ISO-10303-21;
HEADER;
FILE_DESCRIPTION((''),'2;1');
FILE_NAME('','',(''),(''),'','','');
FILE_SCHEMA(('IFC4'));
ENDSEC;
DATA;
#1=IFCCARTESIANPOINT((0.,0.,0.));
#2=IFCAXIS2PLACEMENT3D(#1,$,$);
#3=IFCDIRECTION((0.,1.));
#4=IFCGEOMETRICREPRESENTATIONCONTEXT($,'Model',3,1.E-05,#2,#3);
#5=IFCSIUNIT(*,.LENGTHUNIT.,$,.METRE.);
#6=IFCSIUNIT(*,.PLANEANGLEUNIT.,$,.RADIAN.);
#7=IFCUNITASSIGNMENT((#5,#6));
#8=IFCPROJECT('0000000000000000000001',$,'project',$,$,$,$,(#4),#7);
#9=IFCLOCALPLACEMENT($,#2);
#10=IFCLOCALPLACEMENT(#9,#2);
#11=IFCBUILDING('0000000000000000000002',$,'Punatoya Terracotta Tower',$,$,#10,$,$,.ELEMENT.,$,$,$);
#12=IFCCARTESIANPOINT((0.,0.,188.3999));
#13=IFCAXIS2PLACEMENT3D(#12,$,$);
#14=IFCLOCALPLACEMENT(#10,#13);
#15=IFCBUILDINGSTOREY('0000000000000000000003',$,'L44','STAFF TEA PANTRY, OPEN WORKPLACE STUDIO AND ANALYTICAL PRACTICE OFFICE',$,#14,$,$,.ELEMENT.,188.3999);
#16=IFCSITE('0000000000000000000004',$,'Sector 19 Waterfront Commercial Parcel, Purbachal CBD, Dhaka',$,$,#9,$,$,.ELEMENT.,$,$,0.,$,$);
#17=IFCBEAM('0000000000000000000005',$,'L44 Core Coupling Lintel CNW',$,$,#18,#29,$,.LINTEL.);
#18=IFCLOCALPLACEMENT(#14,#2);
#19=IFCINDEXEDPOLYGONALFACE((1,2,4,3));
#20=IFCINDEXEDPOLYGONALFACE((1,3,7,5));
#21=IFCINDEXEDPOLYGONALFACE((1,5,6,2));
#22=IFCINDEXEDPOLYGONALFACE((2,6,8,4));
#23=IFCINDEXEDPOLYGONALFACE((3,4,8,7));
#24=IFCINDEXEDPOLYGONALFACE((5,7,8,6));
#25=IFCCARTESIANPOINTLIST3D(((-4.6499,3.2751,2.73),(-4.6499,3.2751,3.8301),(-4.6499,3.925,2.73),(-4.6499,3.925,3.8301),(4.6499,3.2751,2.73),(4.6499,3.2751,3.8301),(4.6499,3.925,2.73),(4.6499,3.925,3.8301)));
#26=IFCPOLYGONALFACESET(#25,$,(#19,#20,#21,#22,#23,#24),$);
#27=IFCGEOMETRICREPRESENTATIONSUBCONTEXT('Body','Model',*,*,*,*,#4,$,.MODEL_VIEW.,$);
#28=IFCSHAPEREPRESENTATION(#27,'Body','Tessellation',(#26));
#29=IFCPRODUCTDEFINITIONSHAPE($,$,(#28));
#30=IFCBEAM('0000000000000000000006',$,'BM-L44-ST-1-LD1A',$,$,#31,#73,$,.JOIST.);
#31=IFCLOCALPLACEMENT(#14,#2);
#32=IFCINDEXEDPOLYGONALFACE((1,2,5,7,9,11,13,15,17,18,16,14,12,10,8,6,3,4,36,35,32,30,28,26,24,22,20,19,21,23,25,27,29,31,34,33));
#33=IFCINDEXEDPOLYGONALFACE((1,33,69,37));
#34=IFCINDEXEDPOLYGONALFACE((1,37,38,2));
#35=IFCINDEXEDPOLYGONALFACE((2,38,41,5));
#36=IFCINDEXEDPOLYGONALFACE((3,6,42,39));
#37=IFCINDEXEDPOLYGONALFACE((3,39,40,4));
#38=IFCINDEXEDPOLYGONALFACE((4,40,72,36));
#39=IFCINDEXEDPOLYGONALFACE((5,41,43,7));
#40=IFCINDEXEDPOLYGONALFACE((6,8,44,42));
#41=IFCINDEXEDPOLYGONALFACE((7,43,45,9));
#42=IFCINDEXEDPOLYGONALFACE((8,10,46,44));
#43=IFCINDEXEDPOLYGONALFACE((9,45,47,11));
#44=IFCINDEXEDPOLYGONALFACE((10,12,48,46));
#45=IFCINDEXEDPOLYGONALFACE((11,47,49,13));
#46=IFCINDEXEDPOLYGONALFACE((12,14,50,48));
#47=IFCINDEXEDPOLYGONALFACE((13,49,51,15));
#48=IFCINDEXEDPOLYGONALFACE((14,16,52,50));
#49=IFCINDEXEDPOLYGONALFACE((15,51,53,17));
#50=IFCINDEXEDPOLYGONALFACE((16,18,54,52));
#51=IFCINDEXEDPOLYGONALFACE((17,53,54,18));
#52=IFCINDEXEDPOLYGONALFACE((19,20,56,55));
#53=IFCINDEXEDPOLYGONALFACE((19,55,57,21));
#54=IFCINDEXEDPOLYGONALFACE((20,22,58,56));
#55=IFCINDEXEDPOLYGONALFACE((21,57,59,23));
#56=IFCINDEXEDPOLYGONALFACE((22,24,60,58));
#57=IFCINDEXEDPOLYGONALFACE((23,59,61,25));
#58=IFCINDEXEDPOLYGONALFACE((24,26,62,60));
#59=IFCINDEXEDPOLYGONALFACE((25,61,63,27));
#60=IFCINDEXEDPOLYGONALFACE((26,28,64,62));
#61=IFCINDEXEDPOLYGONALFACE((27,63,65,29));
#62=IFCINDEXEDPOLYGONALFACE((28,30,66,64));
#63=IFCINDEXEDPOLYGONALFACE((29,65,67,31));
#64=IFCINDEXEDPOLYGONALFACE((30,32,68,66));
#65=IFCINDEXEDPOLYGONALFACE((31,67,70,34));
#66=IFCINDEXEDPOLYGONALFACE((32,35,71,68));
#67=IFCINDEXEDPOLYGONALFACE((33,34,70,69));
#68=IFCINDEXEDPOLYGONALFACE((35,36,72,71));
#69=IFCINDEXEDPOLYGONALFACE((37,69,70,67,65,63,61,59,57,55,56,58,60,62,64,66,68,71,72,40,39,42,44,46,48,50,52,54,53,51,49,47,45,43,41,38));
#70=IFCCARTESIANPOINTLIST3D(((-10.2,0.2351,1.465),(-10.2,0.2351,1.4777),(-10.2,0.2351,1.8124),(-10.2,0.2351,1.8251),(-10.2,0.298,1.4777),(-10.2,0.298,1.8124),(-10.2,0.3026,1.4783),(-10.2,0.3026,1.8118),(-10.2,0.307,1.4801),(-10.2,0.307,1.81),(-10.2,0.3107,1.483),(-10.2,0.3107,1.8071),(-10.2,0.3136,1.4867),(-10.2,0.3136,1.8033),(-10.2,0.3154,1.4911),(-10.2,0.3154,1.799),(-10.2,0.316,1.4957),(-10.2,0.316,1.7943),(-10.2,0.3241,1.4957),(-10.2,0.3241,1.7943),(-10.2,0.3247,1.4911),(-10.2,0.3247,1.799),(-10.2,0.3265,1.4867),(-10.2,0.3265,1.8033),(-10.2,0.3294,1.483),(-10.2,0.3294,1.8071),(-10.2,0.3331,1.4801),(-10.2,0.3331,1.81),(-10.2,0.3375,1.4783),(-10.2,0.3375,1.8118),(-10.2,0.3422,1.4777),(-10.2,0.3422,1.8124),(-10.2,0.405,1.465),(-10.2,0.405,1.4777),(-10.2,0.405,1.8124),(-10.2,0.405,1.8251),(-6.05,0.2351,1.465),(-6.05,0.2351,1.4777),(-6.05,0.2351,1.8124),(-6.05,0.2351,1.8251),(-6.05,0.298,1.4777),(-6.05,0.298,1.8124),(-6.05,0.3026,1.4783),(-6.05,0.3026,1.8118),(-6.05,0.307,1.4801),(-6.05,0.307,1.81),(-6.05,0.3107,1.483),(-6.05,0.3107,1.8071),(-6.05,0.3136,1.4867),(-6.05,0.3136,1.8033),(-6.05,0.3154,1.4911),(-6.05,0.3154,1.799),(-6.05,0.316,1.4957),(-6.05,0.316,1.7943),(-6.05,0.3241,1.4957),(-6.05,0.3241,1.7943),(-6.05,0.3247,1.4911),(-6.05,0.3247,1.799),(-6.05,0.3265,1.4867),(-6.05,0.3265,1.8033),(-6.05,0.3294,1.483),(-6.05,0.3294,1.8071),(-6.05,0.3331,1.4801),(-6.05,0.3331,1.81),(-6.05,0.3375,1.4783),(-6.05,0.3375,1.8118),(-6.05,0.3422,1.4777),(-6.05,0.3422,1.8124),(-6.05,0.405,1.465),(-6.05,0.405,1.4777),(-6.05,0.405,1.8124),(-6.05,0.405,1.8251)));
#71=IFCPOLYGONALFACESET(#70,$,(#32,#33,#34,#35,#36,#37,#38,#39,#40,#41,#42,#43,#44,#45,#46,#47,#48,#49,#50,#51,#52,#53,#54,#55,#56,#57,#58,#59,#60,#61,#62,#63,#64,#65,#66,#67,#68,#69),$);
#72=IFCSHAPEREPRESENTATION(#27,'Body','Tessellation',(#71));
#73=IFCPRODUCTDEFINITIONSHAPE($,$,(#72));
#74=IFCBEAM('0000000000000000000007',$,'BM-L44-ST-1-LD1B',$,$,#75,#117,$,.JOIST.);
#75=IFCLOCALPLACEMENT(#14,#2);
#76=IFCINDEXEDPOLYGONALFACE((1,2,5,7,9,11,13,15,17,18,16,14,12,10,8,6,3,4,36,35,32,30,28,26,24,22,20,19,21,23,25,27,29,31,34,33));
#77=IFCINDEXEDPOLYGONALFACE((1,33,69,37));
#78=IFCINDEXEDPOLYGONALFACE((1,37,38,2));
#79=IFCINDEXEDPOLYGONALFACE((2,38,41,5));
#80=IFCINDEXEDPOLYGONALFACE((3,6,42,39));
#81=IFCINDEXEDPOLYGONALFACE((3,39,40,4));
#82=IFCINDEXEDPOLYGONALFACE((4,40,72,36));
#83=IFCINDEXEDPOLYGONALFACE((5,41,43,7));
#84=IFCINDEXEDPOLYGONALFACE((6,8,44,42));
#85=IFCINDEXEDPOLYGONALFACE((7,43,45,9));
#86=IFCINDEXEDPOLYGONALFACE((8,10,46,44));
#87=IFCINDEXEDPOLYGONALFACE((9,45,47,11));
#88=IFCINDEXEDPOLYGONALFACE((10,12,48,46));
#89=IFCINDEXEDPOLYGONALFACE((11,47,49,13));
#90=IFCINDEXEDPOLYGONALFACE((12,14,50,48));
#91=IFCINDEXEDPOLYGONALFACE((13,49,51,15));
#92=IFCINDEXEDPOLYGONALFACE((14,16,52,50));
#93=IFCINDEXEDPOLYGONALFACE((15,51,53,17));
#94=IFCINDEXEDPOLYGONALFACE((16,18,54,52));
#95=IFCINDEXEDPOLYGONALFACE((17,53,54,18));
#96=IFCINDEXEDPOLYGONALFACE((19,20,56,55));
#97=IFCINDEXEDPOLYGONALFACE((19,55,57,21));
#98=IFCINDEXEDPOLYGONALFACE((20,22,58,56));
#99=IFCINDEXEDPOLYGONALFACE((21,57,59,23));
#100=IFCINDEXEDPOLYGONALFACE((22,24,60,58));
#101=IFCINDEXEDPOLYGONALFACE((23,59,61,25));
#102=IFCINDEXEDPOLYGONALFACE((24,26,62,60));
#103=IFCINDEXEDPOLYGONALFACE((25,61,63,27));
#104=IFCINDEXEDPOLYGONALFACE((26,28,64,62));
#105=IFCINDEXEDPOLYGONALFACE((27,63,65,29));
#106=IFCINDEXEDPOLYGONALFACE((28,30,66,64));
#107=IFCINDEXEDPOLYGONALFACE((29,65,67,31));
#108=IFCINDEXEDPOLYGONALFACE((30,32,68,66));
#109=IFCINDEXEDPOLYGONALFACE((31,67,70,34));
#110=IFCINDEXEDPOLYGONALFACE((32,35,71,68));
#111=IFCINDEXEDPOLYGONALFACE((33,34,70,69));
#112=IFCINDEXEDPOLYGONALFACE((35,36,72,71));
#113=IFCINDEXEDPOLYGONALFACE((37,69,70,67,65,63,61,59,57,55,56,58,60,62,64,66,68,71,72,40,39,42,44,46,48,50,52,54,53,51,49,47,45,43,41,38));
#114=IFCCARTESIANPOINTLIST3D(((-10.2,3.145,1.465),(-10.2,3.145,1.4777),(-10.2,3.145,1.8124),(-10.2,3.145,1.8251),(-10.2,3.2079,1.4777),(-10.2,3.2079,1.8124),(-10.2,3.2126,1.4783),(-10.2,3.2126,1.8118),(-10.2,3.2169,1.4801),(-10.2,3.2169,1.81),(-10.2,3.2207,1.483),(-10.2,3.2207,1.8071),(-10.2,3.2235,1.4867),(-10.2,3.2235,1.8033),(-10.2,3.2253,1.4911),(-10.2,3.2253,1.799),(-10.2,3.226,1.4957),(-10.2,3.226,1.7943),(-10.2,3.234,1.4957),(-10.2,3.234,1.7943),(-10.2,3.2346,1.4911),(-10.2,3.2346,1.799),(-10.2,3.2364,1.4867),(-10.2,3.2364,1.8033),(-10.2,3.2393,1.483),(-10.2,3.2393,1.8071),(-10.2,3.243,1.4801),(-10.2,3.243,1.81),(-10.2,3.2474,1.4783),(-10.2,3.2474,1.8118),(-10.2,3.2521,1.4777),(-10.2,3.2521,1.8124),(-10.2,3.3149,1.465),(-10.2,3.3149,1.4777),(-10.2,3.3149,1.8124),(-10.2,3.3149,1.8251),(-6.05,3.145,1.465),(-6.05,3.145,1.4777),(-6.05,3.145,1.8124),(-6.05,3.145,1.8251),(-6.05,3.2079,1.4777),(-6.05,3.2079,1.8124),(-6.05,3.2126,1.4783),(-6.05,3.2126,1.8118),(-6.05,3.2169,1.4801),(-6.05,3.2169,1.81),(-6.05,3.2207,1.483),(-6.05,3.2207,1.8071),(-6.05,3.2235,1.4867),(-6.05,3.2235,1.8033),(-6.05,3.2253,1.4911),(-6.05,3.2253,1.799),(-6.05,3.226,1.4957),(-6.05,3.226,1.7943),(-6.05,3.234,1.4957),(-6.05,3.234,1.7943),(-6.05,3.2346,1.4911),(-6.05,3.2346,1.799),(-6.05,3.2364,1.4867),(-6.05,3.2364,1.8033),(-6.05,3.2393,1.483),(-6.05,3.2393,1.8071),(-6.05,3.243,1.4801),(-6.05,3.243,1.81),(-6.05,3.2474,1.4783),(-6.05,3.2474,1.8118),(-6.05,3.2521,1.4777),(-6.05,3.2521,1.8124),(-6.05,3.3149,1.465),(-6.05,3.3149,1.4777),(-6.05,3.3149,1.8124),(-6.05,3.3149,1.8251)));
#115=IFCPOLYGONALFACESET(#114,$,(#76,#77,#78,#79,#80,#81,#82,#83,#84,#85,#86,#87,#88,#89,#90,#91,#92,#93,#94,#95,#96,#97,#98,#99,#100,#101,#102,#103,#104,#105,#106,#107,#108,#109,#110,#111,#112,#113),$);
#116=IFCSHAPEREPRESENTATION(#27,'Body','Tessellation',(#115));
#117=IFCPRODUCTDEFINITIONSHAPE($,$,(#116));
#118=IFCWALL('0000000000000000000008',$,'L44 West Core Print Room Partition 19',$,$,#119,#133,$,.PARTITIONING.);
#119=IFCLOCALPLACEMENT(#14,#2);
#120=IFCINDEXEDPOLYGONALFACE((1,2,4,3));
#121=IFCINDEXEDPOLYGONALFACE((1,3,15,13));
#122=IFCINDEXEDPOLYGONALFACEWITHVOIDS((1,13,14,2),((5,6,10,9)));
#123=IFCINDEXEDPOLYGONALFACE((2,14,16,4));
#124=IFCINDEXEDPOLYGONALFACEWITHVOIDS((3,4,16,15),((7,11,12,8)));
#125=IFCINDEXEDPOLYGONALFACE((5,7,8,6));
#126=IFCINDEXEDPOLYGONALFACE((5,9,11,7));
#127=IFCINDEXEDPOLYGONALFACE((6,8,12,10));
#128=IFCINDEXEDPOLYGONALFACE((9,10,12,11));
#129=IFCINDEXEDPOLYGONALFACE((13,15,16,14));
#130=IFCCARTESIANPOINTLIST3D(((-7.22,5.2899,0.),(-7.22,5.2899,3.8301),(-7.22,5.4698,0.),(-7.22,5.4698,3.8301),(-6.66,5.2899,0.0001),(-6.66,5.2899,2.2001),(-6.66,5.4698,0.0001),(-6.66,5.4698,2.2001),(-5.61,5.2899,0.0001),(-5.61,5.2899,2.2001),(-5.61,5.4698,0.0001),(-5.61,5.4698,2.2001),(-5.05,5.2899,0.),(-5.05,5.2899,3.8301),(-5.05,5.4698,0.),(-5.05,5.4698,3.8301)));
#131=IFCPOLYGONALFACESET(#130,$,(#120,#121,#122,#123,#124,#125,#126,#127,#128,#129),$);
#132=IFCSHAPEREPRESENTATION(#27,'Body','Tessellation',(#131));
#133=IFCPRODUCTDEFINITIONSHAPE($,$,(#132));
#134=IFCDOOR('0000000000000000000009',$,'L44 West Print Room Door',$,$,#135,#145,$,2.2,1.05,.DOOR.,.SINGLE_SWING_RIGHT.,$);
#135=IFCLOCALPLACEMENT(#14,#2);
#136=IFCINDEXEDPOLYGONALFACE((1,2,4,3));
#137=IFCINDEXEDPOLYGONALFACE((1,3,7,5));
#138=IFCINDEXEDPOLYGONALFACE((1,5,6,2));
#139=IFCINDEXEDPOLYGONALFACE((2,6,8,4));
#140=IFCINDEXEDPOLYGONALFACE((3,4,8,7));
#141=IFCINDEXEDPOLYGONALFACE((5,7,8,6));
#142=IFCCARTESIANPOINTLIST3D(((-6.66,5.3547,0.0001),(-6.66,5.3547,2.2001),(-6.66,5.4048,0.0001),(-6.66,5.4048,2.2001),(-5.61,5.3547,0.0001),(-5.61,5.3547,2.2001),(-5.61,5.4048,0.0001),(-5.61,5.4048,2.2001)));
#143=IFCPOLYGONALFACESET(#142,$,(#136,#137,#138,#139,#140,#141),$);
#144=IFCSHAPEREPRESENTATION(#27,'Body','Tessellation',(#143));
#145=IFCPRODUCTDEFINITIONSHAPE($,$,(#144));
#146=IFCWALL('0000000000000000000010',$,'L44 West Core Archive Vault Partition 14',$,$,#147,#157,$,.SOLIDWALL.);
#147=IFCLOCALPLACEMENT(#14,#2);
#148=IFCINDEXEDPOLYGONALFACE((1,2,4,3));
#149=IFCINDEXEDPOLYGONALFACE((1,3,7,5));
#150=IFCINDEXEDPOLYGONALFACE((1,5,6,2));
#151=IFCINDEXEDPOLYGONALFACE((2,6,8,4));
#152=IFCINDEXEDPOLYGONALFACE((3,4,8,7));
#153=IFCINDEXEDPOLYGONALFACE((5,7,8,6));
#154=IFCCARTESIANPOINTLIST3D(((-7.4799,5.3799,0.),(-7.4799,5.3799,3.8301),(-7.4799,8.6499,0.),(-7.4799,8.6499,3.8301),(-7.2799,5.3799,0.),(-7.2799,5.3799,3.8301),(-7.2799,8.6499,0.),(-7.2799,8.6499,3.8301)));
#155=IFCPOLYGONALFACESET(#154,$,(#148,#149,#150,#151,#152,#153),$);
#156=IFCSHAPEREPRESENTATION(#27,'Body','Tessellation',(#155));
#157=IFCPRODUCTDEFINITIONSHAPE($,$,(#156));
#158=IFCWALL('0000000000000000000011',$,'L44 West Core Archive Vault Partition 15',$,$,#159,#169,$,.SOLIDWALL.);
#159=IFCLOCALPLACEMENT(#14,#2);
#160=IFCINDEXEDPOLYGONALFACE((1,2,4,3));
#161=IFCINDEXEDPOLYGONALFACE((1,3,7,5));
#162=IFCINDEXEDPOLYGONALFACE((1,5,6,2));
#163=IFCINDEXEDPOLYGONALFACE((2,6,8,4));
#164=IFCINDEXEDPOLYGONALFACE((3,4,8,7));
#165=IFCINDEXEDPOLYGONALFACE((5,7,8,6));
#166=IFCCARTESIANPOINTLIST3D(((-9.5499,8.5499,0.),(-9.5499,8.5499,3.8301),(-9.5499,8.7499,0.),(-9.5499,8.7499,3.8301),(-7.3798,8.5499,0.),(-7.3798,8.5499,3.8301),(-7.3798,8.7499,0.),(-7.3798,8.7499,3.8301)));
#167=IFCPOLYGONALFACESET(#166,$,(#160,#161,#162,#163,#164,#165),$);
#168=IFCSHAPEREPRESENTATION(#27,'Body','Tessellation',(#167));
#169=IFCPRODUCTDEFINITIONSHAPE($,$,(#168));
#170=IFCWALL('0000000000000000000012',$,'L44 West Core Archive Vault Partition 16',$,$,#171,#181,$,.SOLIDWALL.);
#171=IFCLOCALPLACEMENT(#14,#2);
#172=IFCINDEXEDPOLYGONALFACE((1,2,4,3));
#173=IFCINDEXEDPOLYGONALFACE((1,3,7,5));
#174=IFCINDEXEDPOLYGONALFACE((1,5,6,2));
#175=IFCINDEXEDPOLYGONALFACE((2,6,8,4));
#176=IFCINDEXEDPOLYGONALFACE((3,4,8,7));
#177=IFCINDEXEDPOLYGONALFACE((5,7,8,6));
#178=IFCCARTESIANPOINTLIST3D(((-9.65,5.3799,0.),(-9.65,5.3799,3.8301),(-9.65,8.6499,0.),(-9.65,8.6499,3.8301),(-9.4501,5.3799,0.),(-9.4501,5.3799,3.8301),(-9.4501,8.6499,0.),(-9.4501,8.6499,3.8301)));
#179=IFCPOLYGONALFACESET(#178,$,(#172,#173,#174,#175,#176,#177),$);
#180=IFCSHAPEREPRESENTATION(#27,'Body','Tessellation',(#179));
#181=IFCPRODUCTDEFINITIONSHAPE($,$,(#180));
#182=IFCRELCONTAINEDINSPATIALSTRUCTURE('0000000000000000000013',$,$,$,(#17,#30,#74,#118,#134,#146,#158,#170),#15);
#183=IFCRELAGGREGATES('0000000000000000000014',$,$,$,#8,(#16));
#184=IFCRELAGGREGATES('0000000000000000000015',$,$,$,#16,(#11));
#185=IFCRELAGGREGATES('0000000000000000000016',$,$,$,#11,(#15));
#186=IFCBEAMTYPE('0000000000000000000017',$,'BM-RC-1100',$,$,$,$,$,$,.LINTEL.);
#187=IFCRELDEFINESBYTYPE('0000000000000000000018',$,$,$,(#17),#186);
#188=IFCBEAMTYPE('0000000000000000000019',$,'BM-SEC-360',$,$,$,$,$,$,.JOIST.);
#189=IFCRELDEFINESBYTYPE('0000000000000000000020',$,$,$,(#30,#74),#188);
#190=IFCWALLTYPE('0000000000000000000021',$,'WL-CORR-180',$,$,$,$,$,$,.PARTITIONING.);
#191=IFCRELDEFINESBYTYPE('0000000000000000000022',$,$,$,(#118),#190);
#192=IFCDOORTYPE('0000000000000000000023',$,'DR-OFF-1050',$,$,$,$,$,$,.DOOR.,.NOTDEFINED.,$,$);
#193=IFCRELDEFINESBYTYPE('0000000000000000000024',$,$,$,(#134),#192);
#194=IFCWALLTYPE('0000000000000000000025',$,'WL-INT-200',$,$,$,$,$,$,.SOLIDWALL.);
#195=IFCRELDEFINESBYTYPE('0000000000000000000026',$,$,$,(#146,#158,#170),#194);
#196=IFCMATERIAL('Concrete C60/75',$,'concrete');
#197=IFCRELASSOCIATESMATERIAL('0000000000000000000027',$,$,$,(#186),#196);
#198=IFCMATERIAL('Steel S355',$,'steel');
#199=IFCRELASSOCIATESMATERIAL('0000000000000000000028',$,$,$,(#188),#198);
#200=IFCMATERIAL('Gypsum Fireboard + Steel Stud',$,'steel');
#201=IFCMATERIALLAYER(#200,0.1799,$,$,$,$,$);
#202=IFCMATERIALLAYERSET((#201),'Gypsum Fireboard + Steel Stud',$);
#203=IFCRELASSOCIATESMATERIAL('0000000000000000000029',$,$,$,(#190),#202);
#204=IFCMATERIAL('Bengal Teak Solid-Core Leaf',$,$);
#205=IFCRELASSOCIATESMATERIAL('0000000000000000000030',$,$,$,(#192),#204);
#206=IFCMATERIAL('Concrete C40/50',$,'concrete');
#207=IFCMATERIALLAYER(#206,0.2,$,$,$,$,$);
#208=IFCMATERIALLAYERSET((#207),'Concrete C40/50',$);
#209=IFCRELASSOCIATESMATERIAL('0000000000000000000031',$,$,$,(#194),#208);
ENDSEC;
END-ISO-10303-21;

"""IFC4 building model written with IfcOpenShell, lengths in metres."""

from ifc_helpers import new_model, si_unit, direction, frame, frame_2d, origin, origin_2d, place, context, subcontext, project, spatial, rectangle, i_section, extrude, material, layer, layer_set, material_profile, profile_set, type_object, element, fill, save


model = new_model("IFC4")

# Units and contexts
model_context = context("Model", 3, precision=1e-05, world=origin(), true_north=direction((0.0, 1.0)))
body_context = subcontext(model_context, "Body", "Model", "MODEL_VIEW")
ifc_project = project(units=[si_unit("LENGTHUNIT", "METRE"), si_unit("PLANEANGLEUNIT", "RADIAN")], contexts=[model_context])

# Site, building, storey
site_placement = place(None, origin())
site = spatial("IfcSite", under=ifc_project, at=site_placement, Name="Sector 19 Waterfront Commercial Parcel, Purbachal CBD, Dhaka", CompositionType="ELEMENT", RefElevation=0.0)
building_placement = place(site_placement, origin())
building = spatial("IfcBuilding", under=site, at=building_placement, Name="Punatoya Terracotta Tower", CompositionType="ELEMENT")
storey_placement = place(building_placement, frame((0.0, 0.0, 188.3999)))
storey = spatial("IfcBuildingStorey", under=building, at=storey_placement, Name="L44", Description="STAFF TEA PANTRY, OPEN WORKPLACE STUDIO AND ANALYTICAL PRACTICE OFFICE", CompositionType="ELEMENT", Elevation=188.3999)

# Beams
ifc_material_1 = material(Name="Concrete C60/75", Category="concrete")
ifc_material_profile_1 = material_profile(ifc_material_1, rectangle(XDim=0.6499, YDim=1.1001, at=origin_2d()))
ifc_profile_set_1 = profile_set([ifc_material_profile_1], Name="Concrete C60/75")
beam_type_1 = type_object("IfcBeamType", Name="BM-RC-1100", PredefinedType="LINTEL", material=ifc_profile_set_1)
beam_placement = place(storey_placement, frame((-4.6499, 3.6001, 3.28), z_axis=(1.0, 0.0, 0.0), x_axis=(0.0, 1.0, 0.0)))
element("IfcBeam", 1, at=beam_placement, inside=storey, type_object=beam_type_1, Name="L44 Core Coupling Lintel CNW", PredefinedType="LINTEL", context=body_context, shape_type="SweptSolid", body=[
    extrude(rectangle(XDim=0.6499, YDim=1.1001, at=origin_2d()), origin(), (0.0, 0.0, 1.0), 9.2998),
])
ifc_material_2 = material(Name="Steel S355", Category="steel")
ifc_material_profile_2 = material_profile(ifc_material_2, i_section(OverallWidth=0.1699, OverallDepth=0.3601, WebThickness=0.0081, FlangeThickness=0.0127, FilletRadius=0.0181, at=origin_2d()))
ifc_profile_set_2 = profile_set([ifc_material_profile_2], Name="Steel S355")
beam_type_2 = type_object("IfcBeamType", Name="BM-SEC-360", PredefinedType="JOIST", material=ifc_profile_set_2)
for number, where, z_axis, x_axis, name in (
    (2, (-10.2, 0.3201, 1.645), (1.0, 0.0, 0.0), (0.0, 1.0, 0.0), "BM-L44-ST-1-LD1A"),
    (3, (-10.2, 3.23, 1.645), (1.0, 0.0, 0.0), (0.0, 1.0, 0.0), "BM-L44-ST-1-LD1B"),
):
    element("IfcBeam", number, at=place(storey_placement, frame(where, z_axis=z_axis, x_axis=x_axis)), inside=storey, type_object=beam_type_2, Name=name, PredefinedType="JOIST", context=body_context, shape_type="SweptSolid", body=[
        extrude(i_section(OverallWidth=0.1699, OverallDepth=0.3601, WebThickness=0.0081, FlangeThickness=0.0127, FilletRadius=0.0181, at=origin_2d()), origin(), (0.0, 0.0, 1.0), 4.1499),
    ])

# Wall, opening, door
ifc_material_3 = material(Name="Gypsum Fireboard + Steel Stud", Category="steel")
ifc_layer_1 = layer(ifc_material_3, 0.1799)
ifc_layer_set_1 = layer_set([ifc_layer_1], Name="Gypsum Fireboard + Steel Stud")
wall_type_1 = type_object("IfcWallType", Name="WL-CORR-180", PredefinedType="PARTITIONING", material=ifc_layer_set_1)
wall_1_placement = place(storey_placement, frame((-7.22, 5.3799, 0.0), z_axis=(0.0, 0.0, 1.0), x_axis=(1.0, 0.0, 0.0)))
wall_1 = element("IfcWall", 4, at=wall_1_placement, inside=storey, type_object=wall_type_1, Name="L44 West Core Print Room Partition 19", PredefinedType="PARTITIONING", context=body_context, shape_type="SweptSolid", body=[
    extrude(rectangle(XDim=2.1699, YDim=0.1799, at=frame_2d((1.085, 0.0))), origin(), (0.0, 0.0, 1.0), 3.8301),
])
opening_1_placement = place(wall_1_placement, frame((0.5601, 0.0, 0.0)))
opening_1 = element("IfcOpeningElement", 5, at=opening_1_placement, cuts=wall_1, PredefinedType="OPENING", context=body_context, shape_type="SweptSolid", body=[
    extrude(rectangle(XDim=1.05, YDim=2.2, at=frame_2d((0.5249, 1.1001))), frame((0.0, 0.0999, 0.0), z_axis=(0.0, -1.0, 0.0), x_axis=(1.0, 0.0, 0.0)), (0.0, 0.0, 1.0), 0.2),
])
ifc_material_4 = material(Name="Bengal Teak Solid-Core Leaf")
door_type_1 = type_object("IfcDoorType", Name="DR-OFF-1050", OperationType="NOTDEFINED", PredefinedType="DOOR", material=ifc_material_4)
door_1_placement = place(opening_1_placement, origin())
door_1 = element("IfcDoor", 6, at=door_1_placement, inside=storey, type_object=door_type_1, Name="L44 West Print Room Door", OperationType="SINGLE_SWING_RIGHT", OverallHeight=2.2, OverallWidth=1.05, PredefinedType="DOOR", context=body_context, shape_type="SweptSolid", body=[
    extrude(rectangle(XDim=1.05, YDim=2.2, at=frame_2d((0.5249, 1.1001))), frame((0.0, 0.0249, 0.0), z_axis=(0.0, -1.0, 0.0), x_axis=(1.0, 0.0, 0.0)), (0.0, 0.0, 1.0), 0.05),
])
fill(opening_1, door_1)

# Walls
ifc_material_5 = material(Name="Concrete C40/50", Category="concrete")
ifc_layer_2 = layer(ifc_material_5, 0.2)
ifc_layer_set_2 = layer_set([ifc_layer_2], Name="Concrete C40/50")
wall_type_2 = type_object("IfcWallType", Name="WL-INT-200", PredefinedType="SOLIDWALL", material=ifc_layer_set_2)
wall_2_placement = place(storey_placement, frame((-7.3799, 5.3799, 0.0), z_axis=(0.0, 0.0, 1.0), x_axis=(0.0, 1.0, 0.0)))
element("IfcWall", 7, at=wall_2_placement, inside=storey, type_object=wall_type_2, Name="L44 West Core Archive Vault Partition 14", PredefinedType="SOLIDWALL", context=body_context, shape_type="SweptSolid", body=[
    extrude(rectangle(XDim=3.27, YDim=0.2, at=frame_2d((1.635, 0.0))), origin(), (0.0, 0.0, 1.0), 3.8301),
])
wall_3_placement = place(storey_placement, frame((-7.3799, 8.6499, 0.0), z_axis=(0.0, 0.0, 1.0), x_axis=(-1.0, 0.0, 0.0)))
element("IfcWall", 8, at=wall_3_placement, inside=storey, type_object=wall_type_2, Name="L44 West Core Archive Vault Partition 15", PredefinedType="SOLIDWALL", context=body_context, shape_type="SweptSolid", body=[
    extrude(rectangle(XDim=2.1702, YDim=0.2, at=frame_2d((1.085, 0.0))), origin(), (0.0, 0.0, 1.0), 3.8301),
])
wall_4_placement = place(storey_placement, frame((-9.55, 8.6499, 0.0), z_axis=(0.0, 0.0, 1.0), x_axis=(0.0, -1.0, 0.0)))
element("IfcWall", 9, at=wall_4_placement, inside=storey, type_object=wall_type_2, Name="L44 West Core Archive Vault Partition 16", PredefinedType="SOLIDWALL", context=body_context, shape_type="SweptSolid", body=[
    extrude(rectangle(XDim=3.27, YDim=0.2, at=frame_2d((1.635, 0.0))), origin(), (0.0, 0.0, 1.0), 3.8301),
])

save(model, "model.ifc")
